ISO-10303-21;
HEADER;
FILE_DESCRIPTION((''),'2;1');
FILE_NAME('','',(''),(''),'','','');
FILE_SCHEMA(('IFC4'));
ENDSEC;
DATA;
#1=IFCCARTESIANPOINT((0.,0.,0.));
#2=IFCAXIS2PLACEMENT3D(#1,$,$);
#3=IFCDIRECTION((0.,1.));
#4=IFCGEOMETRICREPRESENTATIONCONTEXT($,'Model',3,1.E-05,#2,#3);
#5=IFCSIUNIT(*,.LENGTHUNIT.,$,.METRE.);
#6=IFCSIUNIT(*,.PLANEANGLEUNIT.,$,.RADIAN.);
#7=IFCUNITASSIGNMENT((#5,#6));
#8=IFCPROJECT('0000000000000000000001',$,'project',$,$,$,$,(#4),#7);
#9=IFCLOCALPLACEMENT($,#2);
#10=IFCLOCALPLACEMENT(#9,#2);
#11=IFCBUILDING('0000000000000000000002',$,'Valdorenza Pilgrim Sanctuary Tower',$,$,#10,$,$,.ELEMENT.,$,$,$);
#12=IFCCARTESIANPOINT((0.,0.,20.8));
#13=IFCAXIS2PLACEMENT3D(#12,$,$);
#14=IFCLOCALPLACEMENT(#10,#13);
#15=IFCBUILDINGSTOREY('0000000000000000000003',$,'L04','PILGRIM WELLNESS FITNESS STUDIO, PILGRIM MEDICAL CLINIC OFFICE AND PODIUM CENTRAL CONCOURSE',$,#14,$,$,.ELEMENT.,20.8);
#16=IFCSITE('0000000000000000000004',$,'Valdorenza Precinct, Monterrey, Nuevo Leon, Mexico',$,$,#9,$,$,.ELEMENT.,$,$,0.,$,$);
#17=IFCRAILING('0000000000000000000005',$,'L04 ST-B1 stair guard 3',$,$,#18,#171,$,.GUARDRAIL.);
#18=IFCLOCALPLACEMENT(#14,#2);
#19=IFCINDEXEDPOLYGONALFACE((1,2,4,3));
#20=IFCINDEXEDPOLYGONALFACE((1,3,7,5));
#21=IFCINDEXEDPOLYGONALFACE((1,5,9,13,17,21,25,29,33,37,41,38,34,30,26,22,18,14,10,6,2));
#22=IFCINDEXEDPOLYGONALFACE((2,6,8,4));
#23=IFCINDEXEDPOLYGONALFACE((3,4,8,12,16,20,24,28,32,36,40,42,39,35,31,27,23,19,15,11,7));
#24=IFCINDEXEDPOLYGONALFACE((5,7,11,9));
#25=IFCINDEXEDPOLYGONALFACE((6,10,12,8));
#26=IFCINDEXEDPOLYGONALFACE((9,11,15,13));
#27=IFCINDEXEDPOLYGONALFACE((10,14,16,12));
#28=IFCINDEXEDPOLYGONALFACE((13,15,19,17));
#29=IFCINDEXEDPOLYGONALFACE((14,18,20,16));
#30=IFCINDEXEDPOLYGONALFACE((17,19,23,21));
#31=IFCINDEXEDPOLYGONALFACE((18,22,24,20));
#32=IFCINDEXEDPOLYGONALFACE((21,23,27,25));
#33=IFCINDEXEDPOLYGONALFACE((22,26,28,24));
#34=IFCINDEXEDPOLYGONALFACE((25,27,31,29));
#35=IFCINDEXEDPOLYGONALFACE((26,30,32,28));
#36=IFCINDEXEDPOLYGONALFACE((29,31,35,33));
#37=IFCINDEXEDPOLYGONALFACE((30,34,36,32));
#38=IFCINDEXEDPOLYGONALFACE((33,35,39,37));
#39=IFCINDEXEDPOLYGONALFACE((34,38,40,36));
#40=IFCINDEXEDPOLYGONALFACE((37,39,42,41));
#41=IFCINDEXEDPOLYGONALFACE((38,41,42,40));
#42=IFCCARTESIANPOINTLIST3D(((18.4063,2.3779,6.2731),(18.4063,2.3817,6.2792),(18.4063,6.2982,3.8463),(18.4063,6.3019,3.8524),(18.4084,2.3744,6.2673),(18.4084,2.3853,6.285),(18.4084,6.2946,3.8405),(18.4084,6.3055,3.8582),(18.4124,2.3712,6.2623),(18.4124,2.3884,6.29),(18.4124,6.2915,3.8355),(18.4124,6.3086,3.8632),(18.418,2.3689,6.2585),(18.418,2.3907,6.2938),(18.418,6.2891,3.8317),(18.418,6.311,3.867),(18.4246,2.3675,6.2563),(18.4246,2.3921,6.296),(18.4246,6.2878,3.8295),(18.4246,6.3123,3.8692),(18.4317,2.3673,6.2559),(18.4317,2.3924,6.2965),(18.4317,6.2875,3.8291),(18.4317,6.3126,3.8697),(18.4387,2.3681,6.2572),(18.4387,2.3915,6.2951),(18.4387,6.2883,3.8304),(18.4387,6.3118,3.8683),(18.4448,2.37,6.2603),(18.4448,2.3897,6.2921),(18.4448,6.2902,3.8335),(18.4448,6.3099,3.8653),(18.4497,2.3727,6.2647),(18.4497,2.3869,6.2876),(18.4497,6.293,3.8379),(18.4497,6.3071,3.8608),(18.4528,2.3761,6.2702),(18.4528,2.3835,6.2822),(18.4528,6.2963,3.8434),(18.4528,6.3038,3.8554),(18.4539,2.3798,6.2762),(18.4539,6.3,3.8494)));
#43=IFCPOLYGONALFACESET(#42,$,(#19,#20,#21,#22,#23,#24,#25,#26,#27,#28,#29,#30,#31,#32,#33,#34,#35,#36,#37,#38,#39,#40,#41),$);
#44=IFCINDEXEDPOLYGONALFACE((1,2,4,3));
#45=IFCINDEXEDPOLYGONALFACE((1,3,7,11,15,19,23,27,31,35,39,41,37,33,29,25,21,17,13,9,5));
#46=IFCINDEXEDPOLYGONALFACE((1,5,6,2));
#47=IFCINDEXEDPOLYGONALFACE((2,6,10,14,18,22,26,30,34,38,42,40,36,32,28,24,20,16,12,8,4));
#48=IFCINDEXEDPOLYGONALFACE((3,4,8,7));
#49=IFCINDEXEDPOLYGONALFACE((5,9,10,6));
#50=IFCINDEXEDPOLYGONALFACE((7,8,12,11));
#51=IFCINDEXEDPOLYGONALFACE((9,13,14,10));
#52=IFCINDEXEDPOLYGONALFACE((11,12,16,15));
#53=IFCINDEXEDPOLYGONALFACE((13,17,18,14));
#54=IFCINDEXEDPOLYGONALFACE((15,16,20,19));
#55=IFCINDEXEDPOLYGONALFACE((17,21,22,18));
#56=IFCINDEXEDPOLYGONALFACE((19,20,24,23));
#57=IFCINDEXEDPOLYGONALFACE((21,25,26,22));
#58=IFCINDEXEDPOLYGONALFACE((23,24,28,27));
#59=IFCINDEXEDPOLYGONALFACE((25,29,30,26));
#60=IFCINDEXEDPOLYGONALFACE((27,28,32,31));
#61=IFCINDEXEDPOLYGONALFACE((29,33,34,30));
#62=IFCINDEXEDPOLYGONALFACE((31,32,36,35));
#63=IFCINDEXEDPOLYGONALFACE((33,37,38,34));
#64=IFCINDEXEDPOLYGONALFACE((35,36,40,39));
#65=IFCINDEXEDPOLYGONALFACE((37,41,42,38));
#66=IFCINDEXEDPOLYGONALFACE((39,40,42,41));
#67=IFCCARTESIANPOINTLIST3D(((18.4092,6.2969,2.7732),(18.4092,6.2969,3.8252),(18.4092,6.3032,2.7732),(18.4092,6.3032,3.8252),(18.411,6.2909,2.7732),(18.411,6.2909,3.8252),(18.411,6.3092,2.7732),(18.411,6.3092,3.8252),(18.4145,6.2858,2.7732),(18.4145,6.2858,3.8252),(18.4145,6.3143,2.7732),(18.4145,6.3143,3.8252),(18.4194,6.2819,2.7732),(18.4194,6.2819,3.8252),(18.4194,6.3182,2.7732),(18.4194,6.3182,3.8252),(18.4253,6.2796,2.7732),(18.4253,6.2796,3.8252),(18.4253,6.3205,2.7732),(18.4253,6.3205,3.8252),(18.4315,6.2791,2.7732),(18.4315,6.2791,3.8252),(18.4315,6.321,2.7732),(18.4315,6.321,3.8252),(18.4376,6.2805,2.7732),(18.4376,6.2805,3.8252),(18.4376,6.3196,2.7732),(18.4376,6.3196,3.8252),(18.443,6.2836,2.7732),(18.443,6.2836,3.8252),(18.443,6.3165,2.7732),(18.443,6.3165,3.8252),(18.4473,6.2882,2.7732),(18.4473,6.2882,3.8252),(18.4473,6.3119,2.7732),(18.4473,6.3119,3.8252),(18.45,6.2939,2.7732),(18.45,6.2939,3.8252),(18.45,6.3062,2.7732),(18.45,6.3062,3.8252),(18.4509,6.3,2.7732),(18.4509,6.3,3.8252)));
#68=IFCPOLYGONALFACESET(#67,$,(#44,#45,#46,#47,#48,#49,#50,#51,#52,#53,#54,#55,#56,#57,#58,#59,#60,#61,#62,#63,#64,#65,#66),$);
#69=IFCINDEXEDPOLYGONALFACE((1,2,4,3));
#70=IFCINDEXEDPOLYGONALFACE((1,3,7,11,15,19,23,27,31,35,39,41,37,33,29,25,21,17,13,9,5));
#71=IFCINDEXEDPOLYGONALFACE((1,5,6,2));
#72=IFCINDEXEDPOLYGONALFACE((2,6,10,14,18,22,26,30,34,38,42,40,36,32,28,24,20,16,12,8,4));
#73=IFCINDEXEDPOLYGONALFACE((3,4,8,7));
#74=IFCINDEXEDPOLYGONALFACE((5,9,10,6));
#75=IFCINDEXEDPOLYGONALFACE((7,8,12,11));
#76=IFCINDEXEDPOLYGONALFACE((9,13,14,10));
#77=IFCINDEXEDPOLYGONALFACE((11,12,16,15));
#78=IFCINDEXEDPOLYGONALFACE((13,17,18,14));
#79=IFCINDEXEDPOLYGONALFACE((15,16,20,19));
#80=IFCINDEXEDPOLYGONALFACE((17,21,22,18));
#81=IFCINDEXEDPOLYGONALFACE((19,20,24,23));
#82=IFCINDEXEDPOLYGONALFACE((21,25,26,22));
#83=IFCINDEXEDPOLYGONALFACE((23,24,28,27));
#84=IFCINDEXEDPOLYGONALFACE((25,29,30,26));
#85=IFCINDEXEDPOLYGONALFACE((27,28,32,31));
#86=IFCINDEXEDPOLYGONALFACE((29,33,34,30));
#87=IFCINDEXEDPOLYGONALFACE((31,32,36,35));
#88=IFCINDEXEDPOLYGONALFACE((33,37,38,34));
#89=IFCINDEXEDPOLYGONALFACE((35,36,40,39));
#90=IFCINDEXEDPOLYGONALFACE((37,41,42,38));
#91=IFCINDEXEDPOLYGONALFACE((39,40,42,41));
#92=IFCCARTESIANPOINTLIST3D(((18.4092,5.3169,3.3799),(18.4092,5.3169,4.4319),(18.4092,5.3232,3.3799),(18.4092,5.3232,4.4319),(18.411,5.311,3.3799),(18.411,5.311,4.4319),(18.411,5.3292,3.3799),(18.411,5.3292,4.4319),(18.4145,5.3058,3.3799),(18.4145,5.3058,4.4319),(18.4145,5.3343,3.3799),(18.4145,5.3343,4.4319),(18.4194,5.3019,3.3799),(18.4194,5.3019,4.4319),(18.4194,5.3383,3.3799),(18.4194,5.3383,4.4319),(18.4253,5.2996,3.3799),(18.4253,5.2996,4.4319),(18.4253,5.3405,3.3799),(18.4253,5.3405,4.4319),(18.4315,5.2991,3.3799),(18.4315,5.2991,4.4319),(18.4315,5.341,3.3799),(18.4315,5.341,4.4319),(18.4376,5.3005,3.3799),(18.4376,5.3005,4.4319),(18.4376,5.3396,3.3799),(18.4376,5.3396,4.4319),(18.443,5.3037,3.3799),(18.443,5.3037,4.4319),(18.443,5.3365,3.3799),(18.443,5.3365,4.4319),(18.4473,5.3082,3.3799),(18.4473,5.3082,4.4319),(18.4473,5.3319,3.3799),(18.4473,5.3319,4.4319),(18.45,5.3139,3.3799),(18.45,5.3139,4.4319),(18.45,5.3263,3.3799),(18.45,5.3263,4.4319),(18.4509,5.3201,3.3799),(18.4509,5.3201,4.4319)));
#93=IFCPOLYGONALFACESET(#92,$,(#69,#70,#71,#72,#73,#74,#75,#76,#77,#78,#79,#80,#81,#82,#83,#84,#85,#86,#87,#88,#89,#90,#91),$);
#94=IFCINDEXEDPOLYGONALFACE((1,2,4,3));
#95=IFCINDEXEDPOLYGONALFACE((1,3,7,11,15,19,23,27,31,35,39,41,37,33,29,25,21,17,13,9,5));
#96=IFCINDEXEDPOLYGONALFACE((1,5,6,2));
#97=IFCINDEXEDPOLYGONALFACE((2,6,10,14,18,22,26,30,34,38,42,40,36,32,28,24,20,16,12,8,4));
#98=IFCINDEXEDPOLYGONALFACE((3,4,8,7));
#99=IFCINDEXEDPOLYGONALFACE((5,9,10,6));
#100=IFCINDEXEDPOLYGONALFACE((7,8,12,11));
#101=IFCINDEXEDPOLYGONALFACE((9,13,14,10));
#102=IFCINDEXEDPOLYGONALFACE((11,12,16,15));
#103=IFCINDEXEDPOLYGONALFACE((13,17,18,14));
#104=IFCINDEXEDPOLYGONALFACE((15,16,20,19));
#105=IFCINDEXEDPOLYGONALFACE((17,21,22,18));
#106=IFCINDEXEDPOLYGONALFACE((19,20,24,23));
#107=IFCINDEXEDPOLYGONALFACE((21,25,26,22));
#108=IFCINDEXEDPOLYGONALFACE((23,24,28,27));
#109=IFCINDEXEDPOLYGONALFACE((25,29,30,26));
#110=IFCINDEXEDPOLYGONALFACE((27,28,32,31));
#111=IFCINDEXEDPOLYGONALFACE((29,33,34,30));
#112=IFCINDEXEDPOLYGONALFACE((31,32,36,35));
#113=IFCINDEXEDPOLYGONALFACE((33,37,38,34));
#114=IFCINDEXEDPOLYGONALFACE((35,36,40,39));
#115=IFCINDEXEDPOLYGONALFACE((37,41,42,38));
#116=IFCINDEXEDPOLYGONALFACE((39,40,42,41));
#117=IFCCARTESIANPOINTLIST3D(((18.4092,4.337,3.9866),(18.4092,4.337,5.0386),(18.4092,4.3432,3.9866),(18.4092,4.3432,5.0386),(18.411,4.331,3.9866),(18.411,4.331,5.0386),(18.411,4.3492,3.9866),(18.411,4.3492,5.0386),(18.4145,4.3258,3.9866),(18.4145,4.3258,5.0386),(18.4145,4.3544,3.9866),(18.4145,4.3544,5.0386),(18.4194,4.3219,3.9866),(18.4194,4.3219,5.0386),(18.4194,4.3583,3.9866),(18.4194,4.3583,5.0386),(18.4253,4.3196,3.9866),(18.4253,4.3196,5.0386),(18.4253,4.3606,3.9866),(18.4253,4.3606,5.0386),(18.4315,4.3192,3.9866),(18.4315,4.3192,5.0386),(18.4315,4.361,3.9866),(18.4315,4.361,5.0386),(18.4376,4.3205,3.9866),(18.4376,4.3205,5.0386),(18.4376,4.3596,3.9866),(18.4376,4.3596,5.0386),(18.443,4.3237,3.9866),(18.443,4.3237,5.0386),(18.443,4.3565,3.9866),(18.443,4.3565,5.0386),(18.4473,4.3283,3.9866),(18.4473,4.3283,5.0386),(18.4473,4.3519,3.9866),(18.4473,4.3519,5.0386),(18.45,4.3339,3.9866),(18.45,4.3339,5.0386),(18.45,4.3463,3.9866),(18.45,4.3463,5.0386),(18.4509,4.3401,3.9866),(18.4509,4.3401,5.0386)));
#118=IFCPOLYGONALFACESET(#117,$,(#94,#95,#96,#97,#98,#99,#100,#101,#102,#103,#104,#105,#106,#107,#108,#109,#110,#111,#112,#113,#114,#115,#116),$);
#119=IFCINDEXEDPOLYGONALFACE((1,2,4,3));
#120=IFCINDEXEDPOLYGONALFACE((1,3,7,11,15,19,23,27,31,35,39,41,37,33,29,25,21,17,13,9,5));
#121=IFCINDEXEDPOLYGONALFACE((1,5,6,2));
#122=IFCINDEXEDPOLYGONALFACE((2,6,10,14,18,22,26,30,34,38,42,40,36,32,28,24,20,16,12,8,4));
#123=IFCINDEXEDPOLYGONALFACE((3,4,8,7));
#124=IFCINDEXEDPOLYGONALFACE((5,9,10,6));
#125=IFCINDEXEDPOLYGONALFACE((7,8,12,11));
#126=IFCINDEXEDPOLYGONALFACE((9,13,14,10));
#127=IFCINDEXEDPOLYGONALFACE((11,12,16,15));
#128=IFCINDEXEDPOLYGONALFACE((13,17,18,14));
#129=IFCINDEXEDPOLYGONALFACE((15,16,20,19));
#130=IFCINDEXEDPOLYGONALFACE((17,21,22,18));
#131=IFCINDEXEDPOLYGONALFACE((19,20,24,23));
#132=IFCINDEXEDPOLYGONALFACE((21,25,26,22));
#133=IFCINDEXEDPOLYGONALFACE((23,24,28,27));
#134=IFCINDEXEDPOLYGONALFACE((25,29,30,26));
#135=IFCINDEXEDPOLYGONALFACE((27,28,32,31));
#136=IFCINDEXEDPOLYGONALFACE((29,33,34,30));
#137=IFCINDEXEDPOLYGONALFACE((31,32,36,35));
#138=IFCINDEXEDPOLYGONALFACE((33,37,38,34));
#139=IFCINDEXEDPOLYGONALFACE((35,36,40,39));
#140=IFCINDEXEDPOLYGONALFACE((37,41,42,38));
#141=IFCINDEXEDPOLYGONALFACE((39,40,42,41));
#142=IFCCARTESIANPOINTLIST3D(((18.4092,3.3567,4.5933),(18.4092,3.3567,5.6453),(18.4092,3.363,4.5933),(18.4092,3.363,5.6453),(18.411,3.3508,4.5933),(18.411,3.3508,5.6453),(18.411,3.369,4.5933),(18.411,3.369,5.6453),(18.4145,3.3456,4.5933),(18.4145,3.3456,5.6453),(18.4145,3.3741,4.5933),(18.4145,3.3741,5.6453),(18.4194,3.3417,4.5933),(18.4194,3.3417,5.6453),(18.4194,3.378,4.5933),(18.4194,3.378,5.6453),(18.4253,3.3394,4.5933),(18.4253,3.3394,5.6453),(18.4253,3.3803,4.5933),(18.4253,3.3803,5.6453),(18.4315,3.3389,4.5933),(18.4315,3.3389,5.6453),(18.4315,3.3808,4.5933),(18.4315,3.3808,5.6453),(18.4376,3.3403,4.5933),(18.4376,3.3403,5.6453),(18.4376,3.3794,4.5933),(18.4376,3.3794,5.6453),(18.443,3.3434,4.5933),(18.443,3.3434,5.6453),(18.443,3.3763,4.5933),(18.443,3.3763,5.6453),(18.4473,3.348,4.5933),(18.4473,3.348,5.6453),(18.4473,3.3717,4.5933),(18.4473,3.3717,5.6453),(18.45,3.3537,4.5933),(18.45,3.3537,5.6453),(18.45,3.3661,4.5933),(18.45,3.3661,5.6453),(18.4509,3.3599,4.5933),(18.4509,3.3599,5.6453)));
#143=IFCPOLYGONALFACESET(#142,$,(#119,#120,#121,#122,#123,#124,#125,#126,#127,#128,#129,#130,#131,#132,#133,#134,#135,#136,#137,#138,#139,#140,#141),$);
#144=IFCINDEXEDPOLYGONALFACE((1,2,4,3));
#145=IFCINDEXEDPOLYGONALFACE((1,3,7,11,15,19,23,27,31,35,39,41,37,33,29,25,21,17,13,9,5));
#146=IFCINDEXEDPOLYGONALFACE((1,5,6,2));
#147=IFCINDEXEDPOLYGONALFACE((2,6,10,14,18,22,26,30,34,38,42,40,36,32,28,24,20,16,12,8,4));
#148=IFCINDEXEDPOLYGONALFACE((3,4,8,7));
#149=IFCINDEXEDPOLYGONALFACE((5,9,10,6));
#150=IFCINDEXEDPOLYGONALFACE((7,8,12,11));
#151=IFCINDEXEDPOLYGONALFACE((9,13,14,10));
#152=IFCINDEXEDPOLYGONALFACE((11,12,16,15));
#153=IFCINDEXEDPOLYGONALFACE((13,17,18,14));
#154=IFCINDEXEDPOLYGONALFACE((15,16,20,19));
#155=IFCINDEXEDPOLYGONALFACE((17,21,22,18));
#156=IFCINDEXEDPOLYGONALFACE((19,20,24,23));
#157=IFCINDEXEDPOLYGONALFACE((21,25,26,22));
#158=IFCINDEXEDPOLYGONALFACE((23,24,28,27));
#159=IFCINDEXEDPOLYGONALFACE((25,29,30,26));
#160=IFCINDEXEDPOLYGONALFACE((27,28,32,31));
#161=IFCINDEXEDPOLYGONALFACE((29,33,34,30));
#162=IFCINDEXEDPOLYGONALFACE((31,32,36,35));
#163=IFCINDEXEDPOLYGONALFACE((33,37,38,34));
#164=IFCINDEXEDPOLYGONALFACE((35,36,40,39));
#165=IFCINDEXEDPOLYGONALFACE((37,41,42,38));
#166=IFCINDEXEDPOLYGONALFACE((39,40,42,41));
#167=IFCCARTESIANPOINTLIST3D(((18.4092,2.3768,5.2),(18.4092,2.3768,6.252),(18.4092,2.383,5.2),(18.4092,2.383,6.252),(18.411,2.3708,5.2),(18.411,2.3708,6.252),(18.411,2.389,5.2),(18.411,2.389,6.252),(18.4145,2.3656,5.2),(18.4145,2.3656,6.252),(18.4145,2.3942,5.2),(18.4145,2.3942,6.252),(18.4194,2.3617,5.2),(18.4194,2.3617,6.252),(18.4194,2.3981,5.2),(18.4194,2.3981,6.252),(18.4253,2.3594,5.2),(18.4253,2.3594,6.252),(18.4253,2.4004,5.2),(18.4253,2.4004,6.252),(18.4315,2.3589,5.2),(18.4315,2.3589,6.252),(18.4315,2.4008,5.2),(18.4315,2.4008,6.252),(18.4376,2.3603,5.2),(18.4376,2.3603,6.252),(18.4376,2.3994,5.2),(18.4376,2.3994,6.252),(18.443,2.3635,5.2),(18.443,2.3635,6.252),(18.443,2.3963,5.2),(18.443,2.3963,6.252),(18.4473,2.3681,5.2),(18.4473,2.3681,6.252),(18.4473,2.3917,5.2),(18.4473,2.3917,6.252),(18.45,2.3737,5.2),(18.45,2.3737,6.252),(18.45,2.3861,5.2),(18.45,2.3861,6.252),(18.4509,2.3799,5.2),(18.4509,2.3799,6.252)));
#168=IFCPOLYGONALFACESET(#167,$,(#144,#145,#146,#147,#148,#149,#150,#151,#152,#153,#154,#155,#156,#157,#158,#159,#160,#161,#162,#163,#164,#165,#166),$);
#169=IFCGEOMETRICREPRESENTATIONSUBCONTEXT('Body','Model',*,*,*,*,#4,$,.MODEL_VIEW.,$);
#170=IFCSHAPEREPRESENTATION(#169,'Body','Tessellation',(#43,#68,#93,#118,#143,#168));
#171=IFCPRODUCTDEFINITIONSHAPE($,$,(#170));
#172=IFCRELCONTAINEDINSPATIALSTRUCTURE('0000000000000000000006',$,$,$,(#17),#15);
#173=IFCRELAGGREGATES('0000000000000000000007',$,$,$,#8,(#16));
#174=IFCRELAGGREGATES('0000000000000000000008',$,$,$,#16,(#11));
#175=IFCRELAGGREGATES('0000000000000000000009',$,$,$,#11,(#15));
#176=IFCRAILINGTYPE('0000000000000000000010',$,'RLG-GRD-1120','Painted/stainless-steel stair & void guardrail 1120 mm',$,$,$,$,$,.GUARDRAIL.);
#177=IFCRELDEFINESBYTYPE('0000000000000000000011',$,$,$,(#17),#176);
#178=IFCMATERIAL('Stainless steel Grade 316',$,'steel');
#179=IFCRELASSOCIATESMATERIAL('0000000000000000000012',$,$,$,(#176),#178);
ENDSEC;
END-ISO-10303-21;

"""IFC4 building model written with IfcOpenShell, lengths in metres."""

from ifc_helpers import new_model, si_unit, direction, frame, origin, origin_2d, place, context, subcontext, project, spatial, circle, extrude, material, type_object, element, save


model = new_model("IFC4")

# Units and contexts
model_context = context("Model", 3, precision=1e-05, world=origin(), true_north=direction((0.0, 1.0)))
body_context = subcontext(model_context, "Body", "Model", "MODEL_VIEW")
ifc_project = project(units=[si_unit("LENGTHUNIT", "METRE"), si_unit("PLANEANGLEUNIT", "RADIAN")], contexts=[model_context])

# Site, building, storey
site_placement = place(None, origin())
site = spatial("IfcSite", under=ifc_project, at=site_placement, Name="Valdorenza Precinct, Monterrey, Nuevo Leon, Mexico", CompositionType="ELEMENT", RefElevation=0.0)
building_placement = place(site_placement, origin())
building = spatial("IfcBuilding", under=site, at=building_placement, Name="Valdorenza Pilgrim Sanctuary Tower", CompositionType="ELEMENT")
storey_placement = place(building_placement, frame((0.0, 0.0, 20.8)))
storey = spatial("IfcBuildingStorey", under=building, at=storey_placement, Name="L04", Description="PILGRIM WELLNESS FITNESS STUDIO, PILGRIM MEDICAL CLINIC OFFICE AND PODIUM CENTRAL CONCOURSE", CompositionType="ELEMENT", Elevation=20.8)

# Railing
ifc_material_1 = material(Name="Stainless steel Grade 316", Category="steel")
railing_type_1 = type_object("IfcRailingType", Name="RLG-GRD-1120", Description="Painted/stainless-steel stair & void guardrail 1120 mm", PredefinedType="GUARDRAIL", material=ifc_material_1)
railing_1_placement = place(storey_placement, frame((18.4299, 6.3, 2.7732)))
element("IfcRailing", 1, at=railing_1_placement, inside=storey, type_object=railing_type_1, Name="L04 ST-B1 stair guard 3", PredefinedType="GUARDRAIL", context=body_context, shape_type="SweptSolid", body=[
    extrude(circle(Radius=0.0239, at=origin_2d()), frame((0.0, 0.0, 1.0762), z_axis=(0.0, -0.850266, 0.526353), x_axis=(1.0, 0.0, 0.0)), (0.0, 0.0, 1.0), 4.6106),
    extrude(circle(Radius=0.021, at=origin_2d()), origin(), (0.0, 0.0, 1.0), 1.052),
    extrude(circle(Radius=0.021, at=origin_2d()), frame((0.0, -0.98, 0.6067)), (0.0, 0.0, 1.0), 1.052),
    extrude(circle(Radius=0.021, at=origin_2d()), frame((0.0, -1.96, 1.2134)), (0.0, 0.0, 1.0), 1.052),
    extrude(circle(Radius=0.021, at=origin_2d()), frame((0.0, -2.9402, 1.8201)), (0.0, 0.0, 1.0), 1.052),
    extrude(circle(Radius=0.021, at=origin_2d()), frame((0.0, -3.9202, 2.4268)), (0.0, 0.0, 1.0), 1.052),
])

save(model, "model.ifc")
